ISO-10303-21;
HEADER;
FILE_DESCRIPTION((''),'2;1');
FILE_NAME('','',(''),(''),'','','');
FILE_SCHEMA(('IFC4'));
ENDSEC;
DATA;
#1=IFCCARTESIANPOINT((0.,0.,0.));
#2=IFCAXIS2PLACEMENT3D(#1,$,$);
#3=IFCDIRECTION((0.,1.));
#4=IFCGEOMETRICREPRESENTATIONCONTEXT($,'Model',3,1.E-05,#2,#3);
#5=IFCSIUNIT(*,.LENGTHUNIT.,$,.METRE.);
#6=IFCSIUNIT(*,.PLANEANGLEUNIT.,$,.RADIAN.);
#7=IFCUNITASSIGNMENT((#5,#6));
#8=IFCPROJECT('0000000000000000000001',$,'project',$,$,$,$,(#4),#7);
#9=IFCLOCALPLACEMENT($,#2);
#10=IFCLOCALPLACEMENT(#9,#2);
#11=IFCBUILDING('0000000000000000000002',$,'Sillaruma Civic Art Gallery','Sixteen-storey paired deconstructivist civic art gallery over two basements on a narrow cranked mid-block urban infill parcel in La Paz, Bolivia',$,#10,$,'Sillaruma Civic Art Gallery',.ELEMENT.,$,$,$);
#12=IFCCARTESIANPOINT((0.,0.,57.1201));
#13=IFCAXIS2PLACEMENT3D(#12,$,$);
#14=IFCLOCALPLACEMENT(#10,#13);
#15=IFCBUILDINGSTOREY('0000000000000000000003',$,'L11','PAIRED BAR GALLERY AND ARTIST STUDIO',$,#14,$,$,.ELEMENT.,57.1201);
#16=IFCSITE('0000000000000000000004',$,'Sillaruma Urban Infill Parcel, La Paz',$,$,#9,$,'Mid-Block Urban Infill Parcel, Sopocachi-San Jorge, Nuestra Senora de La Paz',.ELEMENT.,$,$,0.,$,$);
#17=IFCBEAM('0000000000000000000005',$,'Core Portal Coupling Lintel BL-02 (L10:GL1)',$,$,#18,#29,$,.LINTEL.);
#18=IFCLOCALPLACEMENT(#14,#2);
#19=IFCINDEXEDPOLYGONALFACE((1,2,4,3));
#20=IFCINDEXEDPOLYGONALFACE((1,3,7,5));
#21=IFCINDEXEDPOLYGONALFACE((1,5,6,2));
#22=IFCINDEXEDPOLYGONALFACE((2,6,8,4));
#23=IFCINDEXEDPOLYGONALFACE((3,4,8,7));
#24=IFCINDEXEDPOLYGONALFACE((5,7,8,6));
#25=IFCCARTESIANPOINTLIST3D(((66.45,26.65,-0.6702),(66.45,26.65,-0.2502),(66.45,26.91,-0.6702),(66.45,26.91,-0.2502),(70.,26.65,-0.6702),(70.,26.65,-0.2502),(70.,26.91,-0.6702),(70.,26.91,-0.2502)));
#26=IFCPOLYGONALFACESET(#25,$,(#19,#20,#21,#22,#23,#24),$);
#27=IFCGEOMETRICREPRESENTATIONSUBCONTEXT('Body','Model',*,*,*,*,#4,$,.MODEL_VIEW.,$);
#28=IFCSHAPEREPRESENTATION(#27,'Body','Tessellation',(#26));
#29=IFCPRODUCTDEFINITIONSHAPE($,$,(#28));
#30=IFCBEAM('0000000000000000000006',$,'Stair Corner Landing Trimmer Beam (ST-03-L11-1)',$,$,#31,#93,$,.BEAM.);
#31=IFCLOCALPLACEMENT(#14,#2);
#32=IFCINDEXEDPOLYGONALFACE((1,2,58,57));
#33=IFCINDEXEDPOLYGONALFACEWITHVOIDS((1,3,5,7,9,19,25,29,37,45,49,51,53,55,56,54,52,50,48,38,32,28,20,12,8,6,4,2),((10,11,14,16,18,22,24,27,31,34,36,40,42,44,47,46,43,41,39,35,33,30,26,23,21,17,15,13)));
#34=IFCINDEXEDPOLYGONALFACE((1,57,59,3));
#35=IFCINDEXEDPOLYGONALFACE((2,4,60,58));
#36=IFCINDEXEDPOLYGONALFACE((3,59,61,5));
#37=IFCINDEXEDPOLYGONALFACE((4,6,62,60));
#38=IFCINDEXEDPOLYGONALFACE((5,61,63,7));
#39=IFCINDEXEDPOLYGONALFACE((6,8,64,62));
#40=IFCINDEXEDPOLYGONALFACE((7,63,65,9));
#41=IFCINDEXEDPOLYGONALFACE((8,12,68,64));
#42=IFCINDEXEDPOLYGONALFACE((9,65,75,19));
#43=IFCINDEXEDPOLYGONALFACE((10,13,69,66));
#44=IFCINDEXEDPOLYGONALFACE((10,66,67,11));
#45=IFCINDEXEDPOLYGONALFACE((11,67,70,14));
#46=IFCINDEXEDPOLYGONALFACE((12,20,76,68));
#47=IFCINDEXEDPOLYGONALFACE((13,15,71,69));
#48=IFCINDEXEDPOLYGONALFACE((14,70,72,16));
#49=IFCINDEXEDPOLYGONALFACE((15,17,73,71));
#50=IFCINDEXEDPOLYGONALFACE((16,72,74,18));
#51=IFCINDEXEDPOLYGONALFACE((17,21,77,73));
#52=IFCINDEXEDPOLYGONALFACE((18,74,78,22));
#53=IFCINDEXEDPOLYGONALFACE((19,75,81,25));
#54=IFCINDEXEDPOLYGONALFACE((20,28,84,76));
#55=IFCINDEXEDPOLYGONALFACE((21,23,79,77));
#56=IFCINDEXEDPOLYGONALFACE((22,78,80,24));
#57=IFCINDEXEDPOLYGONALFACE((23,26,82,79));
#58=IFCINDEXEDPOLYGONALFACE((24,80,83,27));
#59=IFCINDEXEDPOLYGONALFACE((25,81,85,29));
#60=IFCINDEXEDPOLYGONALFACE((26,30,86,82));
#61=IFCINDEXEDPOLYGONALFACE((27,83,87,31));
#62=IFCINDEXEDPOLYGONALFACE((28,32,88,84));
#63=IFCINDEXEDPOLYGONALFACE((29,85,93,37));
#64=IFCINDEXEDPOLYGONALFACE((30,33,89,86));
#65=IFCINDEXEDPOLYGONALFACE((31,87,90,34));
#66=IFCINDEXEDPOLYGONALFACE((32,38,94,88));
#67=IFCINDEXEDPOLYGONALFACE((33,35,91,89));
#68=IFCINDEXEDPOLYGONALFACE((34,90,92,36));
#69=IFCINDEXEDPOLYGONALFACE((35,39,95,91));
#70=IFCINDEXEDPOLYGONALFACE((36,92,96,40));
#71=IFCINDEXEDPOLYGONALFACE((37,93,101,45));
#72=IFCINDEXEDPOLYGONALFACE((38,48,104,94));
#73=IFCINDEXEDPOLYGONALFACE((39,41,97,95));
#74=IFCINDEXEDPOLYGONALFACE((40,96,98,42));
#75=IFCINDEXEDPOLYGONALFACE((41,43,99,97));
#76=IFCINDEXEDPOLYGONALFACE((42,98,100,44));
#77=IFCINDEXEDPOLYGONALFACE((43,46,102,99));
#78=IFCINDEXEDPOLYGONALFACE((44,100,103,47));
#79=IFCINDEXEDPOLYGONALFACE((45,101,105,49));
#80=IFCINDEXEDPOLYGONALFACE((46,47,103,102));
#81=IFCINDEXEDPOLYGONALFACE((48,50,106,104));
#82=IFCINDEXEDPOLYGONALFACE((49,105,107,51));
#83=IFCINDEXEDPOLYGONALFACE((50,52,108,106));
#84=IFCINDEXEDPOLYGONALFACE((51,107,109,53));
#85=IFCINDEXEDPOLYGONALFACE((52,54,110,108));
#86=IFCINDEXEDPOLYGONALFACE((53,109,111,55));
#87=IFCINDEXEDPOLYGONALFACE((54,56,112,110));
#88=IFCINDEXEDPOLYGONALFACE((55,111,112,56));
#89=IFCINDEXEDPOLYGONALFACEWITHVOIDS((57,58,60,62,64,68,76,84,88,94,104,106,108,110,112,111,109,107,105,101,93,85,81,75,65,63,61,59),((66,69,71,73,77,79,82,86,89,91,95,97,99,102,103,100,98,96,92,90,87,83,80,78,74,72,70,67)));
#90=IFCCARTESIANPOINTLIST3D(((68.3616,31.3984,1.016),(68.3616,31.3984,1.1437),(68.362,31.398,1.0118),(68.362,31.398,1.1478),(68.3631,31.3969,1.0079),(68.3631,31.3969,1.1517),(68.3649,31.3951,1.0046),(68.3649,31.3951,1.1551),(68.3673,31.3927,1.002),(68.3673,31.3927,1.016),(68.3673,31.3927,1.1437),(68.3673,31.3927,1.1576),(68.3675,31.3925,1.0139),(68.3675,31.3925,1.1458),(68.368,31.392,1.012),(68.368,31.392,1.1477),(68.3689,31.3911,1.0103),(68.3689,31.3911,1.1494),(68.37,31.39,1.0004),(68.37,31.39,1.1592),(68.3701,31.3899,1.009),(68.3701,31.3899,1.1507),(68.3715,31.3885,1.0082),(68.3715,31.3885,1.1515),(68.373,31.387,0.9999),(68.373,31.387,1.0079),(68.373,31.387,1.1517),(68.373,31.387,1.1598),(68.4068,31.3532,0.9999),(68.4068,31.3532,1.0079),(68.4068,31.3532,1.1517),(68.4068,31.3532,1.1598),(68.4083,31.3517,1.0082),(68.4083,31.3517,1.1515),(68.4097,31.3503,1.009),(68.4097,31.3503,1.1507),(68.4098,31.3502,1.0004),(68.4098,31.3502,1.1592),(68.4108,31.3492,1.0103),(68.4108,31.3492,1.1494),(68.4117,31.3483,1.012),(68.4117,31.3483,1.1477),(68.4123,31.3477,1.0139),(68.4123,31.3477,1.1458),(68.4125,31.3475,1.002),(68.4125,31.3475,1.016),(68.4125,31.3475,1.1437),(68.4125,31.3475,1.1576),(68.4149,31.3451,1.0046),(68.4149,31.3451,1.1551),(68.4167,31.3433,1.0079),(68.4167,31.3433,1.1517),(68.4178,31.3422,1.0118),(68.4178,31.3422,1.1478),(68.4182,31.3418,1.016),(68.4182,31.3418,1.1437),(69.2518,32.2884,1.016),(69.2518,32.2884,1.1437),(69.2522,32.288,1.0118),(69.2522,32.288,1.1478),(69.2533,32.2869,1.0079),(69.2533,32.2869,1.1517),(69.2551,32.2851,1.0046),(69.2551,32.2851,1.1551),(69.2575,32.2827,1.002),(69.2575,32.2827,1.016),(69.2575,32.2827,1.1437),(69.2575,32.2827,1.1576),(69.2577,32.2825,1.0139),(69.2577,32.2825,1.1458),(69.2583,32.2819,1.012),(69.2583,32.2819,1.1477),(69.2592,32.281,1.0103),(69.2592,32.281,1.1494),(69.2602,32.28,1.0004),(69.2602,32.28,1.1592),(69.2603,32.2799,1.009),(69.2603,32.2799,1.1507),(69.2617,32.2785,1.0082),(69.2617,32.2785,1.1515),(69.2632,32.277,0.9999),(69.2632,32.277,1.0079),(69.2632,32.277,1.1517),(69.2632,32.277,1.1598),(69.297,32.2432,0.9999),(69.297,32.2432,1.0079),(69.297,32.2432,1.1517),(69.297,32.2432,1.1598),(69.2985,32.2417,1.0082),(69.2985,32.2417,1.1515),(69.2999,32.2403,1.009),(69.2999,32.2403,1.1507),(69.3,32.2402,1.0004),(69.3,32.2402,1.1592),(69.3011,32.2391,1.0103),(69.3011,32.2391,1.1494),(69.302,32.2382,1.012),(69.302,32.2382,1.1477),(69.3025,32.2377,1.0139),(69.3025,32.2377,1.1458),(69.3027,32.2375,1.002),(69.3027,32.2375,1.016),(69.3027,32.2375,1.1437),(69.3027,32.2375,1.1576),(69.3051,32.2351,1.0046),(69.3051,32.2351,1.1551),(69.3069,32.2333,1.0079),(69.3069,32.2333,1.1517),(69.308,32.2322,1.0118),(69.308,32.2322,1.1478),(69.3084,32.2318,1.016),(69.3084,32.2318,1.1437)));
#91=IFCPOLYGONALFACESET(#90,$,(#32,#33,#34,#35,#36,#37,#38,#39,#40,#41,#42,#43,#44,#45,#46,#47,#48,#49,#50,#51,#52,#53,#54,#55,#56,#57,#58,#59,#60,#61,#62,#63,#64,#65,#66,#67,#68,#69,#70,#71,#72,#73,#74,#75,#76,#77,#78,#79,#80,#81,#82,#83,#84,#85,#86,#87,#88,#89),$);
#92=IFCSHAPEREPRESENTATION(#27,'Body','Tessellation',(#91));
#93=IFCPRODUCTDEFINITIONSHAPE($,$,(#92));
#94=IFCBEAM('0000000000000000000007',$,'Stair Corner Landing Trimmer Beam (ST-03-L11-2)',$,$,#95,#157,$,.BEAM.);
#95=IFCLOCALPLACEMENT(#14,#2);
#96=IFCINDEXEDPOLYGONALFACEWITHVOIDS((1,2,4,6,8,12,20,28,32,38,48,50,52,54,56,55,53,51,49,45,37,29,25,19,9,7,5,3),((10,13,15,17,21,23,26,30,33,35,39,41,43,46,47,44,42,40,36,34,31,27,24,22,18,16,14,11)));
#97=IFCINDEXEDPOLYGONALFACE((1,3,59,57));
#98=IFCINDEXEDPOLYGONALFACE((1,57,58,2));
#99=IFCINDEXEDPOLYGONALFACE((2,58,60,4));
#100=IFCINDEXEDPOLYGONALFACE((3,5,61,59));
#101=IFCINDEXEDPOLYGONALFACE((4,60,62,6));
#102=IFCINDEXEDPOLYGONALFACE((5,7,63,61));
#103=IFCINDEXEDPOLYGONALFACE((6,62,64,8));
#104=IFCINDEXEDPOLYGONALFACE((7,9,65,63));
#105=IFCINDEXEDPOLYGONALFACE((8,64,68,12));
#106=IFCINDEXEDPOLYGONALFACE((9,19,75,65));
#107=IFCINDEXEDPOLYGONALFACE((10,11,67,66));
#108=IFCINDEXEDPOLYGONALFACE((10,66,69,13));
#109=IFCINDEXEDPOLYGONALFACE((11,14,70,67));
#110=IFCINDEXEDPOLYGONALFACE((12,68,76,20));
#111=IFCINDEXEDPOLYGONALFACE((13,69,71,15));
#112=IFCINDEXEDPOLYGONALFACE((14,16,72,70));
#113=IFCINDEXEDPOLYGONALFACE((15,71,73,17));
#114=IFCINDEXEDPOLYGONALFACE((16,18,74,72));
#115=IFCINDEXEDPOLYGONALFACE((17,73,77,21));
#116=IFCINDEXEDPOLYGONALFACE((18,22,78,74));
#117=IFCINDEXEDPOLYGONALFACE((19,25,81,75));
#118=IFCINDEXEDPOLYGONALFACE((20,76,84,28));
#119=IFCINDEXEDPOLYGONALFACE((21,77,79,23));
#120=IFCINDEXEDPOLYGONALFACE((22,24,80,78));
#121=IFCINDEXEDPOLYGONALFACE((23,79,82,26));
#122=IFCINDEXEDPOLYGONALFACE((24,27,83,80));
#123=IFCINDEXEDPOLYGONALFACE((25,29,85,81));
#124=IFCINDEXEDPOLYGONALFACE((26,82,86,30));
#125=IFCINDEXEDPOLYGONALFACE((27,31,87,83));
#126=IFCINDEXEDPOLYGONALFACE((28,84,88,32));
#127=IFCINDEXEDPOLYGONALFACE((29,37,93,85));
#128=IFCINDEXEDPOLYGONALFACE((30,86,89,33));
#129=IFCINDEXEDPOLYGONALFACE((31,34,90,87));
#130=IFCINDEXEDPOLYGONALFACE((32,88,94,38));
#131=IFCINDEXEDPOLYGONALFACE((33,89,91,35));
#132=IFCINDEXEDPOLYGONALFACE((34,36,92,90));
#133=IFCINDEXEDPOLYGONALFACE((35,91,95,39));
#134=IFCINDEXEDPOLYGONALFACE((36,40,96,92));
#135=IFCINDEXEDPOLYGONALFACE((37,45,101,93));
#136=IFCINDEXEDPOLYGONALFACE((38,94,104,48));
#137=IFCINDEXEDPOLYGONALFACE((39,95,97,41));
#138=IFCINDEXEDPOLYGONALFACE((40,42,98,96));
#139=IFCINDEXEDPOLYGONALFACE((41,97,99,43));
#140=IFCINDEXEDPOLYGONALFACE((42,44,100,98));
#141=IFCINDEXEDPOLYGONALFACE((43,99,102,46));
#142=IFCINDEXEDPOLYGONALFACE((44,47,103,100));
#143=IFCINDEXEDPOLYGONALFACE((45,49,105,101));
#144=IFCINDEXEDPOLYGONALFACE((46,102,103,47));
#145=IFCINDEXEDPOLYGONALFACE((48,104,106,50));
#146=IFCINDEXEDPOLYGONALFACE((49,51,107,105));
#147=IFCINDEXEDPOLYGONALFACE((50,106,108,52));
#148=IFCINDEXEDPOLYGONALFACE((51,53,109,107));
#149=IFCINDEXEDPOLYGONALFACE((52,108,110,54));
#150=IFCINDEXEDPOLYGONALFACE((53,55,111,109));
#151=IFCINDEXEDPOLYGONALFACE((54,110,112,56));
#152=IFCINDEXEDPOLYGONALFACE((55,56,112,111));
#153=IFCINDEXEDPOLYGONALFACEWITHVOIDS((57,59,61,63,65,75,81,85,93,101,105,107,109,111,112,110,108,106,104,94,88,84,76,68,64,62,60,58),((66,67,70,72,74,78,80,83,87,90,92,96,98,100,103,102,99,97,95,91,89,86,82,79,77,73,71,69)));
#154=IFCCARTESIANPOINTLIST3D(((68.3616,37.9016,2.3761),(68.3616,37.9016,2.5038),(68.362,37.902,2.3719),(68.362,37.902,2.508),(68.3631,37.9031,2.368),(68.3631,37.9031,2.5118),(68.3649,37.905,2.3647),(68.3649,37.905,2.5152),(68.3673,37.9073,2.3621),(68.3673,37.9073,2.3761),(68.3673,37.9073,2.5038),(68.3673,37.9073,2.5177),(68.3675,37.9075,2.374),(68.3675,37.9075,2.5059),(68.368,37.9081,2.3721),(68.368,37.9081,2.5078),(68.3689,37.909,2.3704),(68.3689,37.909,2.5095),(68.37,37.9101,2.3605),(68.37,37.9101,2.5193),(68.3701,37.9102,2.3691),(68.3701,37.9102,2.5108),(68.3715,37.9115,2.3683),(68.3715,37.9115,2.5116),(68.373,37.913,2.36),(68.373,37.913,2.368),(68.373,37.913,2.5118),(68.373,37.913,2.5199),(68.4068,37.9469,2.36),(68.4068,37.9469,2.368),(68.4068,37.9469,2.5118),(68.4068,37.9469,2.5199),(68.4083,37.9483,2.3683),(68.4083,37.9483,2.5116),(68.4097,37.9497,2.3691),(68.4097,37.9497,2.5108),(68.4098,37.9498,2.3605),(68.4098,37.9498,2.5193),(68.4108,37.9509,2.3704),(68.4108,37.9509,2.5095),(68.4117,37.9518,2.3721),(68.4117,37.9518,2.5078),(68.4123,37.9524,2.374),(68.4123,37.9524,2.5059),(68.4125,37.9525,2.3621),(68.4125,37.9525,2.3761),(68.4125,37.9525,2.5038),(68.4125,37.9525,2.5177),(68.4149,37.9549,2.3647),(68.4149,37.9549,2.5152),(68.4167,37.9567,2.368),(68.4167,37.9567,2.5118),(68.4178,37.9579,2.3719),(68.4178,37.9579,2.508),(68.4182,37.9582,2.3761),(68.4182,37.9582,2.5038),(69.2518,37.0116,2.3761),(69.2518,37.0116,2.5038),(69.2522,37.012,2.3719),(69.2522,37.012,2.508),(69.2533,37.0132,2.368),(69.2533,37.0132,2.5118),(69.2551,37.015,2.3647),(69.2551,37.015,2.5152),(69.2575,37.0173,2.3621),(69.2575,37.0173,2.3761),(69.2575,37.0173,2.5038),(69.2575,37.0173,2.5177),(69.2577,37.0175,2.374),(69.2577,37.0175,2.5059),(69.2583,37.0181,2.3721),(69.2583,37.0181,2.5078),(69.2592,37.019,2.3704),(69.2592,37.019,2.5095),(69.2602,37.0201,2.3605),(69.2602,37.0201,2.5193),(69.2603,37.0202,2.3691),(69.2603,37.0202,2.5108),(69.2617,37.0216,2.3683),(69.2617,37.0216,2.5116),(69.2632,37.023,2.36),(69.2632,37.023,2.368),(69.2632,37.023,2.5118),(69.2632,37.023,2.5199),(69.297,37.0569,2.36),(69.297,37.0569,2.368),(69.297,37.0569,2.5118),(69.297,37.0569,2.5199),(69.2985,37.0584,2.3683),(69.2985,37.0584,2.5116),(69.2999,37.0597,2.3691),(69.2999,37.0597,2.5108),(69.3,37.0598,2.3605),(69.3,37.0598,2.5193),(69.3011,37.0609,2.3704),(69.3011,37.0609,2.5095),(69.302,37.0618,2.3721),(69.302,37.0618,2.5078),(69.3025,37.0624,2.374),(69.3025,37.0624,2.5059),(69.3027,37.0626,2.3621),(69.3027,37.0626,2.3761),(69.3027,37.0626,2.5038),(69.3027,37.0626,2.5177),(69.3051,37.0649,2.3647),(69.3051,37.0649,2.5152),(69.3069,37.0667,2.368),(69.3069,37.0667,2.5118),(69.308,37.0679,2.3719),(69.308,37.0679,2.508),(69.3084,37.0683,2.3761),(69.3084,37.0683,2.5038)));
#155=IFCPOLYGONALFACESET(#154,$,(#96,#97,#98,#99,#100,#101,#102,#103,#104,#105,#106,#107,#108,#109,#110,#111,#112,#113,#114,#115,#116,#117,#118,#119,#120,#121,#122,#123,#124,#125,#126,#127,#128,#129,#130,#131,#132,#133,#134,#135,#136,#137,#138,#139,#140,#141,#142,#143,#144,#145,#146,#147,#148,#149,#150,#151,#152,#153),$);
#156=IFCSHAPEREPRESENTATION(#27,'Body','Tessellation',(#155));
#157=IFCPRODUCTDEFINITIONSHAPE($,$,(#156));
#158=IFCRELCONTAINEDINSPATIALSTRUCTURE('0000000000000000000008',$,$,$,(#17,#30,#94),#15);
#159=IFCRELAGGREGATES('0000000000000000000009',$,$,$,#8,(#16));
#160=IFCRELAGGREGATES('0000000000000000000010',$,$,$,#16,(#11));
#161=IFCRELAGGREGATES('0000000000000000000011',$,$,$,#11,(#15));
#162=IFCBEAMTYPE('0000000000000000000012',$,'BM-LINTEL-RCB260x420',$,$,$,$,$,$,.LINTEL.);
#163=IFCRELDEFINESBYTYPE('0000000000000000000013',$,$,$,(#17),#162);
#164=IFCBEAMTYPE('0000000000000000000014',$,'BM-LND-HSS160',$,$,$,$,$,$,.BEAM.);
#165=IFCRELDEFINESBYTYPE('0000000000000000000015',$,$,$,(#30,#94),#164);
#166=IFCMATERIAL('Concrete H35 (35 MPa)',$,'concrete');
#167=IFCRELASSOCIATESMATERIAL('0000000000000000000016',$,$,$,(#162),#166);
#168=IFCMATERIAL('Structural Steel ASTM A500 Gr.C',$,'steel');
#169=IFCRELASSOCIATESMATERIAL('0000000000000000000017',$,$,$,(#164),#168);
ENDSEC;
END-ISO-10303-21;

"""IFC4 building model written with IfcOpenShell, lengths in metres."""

from ifc_helpers import new_model, si_unit, direction, frame, origin, origin_2d, place, context, subcontext, project, spatial, rectangle, hollow_rectangle, extrude, material, material_profile, profile_set, type_object, element, save


model = new_model("IFC4")

# Units and contexts
model_context = context("Model", 3, precision=1e-05, world=origin(), true_north=direction((0.0, 1.0)))
body_context = subcontext(model_context, "Body", "Model", "MODEL_VIEW")
ifc_project = project(units=[si_unit("LENGTHUNIT", "METRE"), si_unit("PLANEANGLEUNIT", "RADIAN")], contexts=[model_context])

# Site, building, storey
site_placement = place(None, origin())
site = spatial("IfcSite", under=ifc_project, at=site_placement, Name="Sillaruma Urban Infill Parcel, La Paz", LongName="Mid-Block Urban Infill Parcel, Sopocachi-San Jorge, Nuestra Senora de La Paz", CompositionType="ELEMENT", RefElevation=0.0)
building_placement = place(site_placement, origin())
building = spatial("IfcBuilding", under=site, at=building_placement, Name="Sillaruma Civic Art Gallery", Description="Sixteen-storey paired deconstructivist civic art gallery over two basements on a narrow cranked mid-block urban infill parcel in La Paz, Bolivia", LongName="Sillaruma Civic Art Gallery", CompositionType="ELEMENT")
storey_placement = place(building_placement, frame((0.0, 0.0, 57.1201)))
storey = spatial("IfcBuildingStorey", under=building, at=storey_placement, Name="L11", Description="PAIRED BAR GALLERY AND ARTIST STUDIO", CompositionType="ELEMENT", Elevation=57.1201)

# Beams
ifc_material_1 = material(Name="Concrete H35 (35 MPa)", Category="concrete")
ifc_material_profile_1 = material_profile(ifc_material_1, rectangle(XDim=0.26, YDim=0.4199, at=origin_2d()), Name="RCB260x420")
ifc_profile_set_1 = profile_set([ifc_material_profile_1], Name="Concrete H35 (35 MPa)")
beam_type_1 = type_object("IfcBeamType", Name="BM-LINTEL-RCB260x420", PredefinedType="LINTEL", material=ifc_profile_set_1)
beam_placement = place(storey_placement, frame((66.45, 26.78, -0.4602), z_axis=(1.0, 0.0, 0.0), x_axis=(0.0, 1.0, 0.0)))
element("IfcBeam", 1, at=beam_placement, inside=storey, type_object=beam_type_1, Name="Core Portal Coupling Lintel BL-02 (L10:GL1)", PredefinedType="LINTEL", context=body_context, shape_type="SweptSolid", body=[
    extrude(rectangle(XDim=0.26, YDim=0.4199, at=origin_2d()), origin(), (0.0, 0.0, 1.0), 3.55),
])
ifc_material_2 = material(Name="Structural Steel ASTM A500 Gr.C", Category="steel")
ifc_material_profile_2 = material_profile(ifc_material_2, hollow_rectangle(XDim=0.0801, YDim=0.1599, WallThickness=0.0081, InnerFilletRadius=0.0081, OuterFilletRadius=0.0161, at=origin_2d()), Name="HSS160x80x8")
ifc_profile_set_2 = profile_set([ifc_material_profile_2], Name="Structural Steel ASTM A500 Gr.C")
beam_type_2 = type_object("IfcBeamType", Name="BM-LND-HSS160", PredefinedType="BEAM", material=ifc_profile_set_2)
for number, where, z_axis, x_axis, name in (
    (2, (68.3899, 31.3701, 1.0798), (0.707204, 0.70701, 0.0), (-0.70701, 0.707204, 0.0), "Stair Corner Landing Trimmer Beam (ST-03-L11-1)"),
    (3, (68.3899, 37.9299, 2.4399), (0.707204, -0.70701, 0.0), (0.70701, 0.707204, 0.0), "Stair Corner Landing Trimmer Beam (ST-03-L11-2)"),
):
    element("IfcBeam", number, at=place(storey_placement, frame(where, z_axis=z_axis, x_axis=x_axis)), inside=storey, type_object=beam_type_2, Name=name, PredefinedType="BEAM", context=body_context, shape_type="SweptSolid", body=[
        extrude(hollow_rectangle(XDim=0.0801, YDim=0.1599, WallThickness=0.0081, InnerFilletRadius=0.0081, OuterFilletRadius=0.0161, at=origin_2d()), origin(), (0.0, 0.0, 1.0), 1.2588),
    ])

save(model, "model.ifc")
